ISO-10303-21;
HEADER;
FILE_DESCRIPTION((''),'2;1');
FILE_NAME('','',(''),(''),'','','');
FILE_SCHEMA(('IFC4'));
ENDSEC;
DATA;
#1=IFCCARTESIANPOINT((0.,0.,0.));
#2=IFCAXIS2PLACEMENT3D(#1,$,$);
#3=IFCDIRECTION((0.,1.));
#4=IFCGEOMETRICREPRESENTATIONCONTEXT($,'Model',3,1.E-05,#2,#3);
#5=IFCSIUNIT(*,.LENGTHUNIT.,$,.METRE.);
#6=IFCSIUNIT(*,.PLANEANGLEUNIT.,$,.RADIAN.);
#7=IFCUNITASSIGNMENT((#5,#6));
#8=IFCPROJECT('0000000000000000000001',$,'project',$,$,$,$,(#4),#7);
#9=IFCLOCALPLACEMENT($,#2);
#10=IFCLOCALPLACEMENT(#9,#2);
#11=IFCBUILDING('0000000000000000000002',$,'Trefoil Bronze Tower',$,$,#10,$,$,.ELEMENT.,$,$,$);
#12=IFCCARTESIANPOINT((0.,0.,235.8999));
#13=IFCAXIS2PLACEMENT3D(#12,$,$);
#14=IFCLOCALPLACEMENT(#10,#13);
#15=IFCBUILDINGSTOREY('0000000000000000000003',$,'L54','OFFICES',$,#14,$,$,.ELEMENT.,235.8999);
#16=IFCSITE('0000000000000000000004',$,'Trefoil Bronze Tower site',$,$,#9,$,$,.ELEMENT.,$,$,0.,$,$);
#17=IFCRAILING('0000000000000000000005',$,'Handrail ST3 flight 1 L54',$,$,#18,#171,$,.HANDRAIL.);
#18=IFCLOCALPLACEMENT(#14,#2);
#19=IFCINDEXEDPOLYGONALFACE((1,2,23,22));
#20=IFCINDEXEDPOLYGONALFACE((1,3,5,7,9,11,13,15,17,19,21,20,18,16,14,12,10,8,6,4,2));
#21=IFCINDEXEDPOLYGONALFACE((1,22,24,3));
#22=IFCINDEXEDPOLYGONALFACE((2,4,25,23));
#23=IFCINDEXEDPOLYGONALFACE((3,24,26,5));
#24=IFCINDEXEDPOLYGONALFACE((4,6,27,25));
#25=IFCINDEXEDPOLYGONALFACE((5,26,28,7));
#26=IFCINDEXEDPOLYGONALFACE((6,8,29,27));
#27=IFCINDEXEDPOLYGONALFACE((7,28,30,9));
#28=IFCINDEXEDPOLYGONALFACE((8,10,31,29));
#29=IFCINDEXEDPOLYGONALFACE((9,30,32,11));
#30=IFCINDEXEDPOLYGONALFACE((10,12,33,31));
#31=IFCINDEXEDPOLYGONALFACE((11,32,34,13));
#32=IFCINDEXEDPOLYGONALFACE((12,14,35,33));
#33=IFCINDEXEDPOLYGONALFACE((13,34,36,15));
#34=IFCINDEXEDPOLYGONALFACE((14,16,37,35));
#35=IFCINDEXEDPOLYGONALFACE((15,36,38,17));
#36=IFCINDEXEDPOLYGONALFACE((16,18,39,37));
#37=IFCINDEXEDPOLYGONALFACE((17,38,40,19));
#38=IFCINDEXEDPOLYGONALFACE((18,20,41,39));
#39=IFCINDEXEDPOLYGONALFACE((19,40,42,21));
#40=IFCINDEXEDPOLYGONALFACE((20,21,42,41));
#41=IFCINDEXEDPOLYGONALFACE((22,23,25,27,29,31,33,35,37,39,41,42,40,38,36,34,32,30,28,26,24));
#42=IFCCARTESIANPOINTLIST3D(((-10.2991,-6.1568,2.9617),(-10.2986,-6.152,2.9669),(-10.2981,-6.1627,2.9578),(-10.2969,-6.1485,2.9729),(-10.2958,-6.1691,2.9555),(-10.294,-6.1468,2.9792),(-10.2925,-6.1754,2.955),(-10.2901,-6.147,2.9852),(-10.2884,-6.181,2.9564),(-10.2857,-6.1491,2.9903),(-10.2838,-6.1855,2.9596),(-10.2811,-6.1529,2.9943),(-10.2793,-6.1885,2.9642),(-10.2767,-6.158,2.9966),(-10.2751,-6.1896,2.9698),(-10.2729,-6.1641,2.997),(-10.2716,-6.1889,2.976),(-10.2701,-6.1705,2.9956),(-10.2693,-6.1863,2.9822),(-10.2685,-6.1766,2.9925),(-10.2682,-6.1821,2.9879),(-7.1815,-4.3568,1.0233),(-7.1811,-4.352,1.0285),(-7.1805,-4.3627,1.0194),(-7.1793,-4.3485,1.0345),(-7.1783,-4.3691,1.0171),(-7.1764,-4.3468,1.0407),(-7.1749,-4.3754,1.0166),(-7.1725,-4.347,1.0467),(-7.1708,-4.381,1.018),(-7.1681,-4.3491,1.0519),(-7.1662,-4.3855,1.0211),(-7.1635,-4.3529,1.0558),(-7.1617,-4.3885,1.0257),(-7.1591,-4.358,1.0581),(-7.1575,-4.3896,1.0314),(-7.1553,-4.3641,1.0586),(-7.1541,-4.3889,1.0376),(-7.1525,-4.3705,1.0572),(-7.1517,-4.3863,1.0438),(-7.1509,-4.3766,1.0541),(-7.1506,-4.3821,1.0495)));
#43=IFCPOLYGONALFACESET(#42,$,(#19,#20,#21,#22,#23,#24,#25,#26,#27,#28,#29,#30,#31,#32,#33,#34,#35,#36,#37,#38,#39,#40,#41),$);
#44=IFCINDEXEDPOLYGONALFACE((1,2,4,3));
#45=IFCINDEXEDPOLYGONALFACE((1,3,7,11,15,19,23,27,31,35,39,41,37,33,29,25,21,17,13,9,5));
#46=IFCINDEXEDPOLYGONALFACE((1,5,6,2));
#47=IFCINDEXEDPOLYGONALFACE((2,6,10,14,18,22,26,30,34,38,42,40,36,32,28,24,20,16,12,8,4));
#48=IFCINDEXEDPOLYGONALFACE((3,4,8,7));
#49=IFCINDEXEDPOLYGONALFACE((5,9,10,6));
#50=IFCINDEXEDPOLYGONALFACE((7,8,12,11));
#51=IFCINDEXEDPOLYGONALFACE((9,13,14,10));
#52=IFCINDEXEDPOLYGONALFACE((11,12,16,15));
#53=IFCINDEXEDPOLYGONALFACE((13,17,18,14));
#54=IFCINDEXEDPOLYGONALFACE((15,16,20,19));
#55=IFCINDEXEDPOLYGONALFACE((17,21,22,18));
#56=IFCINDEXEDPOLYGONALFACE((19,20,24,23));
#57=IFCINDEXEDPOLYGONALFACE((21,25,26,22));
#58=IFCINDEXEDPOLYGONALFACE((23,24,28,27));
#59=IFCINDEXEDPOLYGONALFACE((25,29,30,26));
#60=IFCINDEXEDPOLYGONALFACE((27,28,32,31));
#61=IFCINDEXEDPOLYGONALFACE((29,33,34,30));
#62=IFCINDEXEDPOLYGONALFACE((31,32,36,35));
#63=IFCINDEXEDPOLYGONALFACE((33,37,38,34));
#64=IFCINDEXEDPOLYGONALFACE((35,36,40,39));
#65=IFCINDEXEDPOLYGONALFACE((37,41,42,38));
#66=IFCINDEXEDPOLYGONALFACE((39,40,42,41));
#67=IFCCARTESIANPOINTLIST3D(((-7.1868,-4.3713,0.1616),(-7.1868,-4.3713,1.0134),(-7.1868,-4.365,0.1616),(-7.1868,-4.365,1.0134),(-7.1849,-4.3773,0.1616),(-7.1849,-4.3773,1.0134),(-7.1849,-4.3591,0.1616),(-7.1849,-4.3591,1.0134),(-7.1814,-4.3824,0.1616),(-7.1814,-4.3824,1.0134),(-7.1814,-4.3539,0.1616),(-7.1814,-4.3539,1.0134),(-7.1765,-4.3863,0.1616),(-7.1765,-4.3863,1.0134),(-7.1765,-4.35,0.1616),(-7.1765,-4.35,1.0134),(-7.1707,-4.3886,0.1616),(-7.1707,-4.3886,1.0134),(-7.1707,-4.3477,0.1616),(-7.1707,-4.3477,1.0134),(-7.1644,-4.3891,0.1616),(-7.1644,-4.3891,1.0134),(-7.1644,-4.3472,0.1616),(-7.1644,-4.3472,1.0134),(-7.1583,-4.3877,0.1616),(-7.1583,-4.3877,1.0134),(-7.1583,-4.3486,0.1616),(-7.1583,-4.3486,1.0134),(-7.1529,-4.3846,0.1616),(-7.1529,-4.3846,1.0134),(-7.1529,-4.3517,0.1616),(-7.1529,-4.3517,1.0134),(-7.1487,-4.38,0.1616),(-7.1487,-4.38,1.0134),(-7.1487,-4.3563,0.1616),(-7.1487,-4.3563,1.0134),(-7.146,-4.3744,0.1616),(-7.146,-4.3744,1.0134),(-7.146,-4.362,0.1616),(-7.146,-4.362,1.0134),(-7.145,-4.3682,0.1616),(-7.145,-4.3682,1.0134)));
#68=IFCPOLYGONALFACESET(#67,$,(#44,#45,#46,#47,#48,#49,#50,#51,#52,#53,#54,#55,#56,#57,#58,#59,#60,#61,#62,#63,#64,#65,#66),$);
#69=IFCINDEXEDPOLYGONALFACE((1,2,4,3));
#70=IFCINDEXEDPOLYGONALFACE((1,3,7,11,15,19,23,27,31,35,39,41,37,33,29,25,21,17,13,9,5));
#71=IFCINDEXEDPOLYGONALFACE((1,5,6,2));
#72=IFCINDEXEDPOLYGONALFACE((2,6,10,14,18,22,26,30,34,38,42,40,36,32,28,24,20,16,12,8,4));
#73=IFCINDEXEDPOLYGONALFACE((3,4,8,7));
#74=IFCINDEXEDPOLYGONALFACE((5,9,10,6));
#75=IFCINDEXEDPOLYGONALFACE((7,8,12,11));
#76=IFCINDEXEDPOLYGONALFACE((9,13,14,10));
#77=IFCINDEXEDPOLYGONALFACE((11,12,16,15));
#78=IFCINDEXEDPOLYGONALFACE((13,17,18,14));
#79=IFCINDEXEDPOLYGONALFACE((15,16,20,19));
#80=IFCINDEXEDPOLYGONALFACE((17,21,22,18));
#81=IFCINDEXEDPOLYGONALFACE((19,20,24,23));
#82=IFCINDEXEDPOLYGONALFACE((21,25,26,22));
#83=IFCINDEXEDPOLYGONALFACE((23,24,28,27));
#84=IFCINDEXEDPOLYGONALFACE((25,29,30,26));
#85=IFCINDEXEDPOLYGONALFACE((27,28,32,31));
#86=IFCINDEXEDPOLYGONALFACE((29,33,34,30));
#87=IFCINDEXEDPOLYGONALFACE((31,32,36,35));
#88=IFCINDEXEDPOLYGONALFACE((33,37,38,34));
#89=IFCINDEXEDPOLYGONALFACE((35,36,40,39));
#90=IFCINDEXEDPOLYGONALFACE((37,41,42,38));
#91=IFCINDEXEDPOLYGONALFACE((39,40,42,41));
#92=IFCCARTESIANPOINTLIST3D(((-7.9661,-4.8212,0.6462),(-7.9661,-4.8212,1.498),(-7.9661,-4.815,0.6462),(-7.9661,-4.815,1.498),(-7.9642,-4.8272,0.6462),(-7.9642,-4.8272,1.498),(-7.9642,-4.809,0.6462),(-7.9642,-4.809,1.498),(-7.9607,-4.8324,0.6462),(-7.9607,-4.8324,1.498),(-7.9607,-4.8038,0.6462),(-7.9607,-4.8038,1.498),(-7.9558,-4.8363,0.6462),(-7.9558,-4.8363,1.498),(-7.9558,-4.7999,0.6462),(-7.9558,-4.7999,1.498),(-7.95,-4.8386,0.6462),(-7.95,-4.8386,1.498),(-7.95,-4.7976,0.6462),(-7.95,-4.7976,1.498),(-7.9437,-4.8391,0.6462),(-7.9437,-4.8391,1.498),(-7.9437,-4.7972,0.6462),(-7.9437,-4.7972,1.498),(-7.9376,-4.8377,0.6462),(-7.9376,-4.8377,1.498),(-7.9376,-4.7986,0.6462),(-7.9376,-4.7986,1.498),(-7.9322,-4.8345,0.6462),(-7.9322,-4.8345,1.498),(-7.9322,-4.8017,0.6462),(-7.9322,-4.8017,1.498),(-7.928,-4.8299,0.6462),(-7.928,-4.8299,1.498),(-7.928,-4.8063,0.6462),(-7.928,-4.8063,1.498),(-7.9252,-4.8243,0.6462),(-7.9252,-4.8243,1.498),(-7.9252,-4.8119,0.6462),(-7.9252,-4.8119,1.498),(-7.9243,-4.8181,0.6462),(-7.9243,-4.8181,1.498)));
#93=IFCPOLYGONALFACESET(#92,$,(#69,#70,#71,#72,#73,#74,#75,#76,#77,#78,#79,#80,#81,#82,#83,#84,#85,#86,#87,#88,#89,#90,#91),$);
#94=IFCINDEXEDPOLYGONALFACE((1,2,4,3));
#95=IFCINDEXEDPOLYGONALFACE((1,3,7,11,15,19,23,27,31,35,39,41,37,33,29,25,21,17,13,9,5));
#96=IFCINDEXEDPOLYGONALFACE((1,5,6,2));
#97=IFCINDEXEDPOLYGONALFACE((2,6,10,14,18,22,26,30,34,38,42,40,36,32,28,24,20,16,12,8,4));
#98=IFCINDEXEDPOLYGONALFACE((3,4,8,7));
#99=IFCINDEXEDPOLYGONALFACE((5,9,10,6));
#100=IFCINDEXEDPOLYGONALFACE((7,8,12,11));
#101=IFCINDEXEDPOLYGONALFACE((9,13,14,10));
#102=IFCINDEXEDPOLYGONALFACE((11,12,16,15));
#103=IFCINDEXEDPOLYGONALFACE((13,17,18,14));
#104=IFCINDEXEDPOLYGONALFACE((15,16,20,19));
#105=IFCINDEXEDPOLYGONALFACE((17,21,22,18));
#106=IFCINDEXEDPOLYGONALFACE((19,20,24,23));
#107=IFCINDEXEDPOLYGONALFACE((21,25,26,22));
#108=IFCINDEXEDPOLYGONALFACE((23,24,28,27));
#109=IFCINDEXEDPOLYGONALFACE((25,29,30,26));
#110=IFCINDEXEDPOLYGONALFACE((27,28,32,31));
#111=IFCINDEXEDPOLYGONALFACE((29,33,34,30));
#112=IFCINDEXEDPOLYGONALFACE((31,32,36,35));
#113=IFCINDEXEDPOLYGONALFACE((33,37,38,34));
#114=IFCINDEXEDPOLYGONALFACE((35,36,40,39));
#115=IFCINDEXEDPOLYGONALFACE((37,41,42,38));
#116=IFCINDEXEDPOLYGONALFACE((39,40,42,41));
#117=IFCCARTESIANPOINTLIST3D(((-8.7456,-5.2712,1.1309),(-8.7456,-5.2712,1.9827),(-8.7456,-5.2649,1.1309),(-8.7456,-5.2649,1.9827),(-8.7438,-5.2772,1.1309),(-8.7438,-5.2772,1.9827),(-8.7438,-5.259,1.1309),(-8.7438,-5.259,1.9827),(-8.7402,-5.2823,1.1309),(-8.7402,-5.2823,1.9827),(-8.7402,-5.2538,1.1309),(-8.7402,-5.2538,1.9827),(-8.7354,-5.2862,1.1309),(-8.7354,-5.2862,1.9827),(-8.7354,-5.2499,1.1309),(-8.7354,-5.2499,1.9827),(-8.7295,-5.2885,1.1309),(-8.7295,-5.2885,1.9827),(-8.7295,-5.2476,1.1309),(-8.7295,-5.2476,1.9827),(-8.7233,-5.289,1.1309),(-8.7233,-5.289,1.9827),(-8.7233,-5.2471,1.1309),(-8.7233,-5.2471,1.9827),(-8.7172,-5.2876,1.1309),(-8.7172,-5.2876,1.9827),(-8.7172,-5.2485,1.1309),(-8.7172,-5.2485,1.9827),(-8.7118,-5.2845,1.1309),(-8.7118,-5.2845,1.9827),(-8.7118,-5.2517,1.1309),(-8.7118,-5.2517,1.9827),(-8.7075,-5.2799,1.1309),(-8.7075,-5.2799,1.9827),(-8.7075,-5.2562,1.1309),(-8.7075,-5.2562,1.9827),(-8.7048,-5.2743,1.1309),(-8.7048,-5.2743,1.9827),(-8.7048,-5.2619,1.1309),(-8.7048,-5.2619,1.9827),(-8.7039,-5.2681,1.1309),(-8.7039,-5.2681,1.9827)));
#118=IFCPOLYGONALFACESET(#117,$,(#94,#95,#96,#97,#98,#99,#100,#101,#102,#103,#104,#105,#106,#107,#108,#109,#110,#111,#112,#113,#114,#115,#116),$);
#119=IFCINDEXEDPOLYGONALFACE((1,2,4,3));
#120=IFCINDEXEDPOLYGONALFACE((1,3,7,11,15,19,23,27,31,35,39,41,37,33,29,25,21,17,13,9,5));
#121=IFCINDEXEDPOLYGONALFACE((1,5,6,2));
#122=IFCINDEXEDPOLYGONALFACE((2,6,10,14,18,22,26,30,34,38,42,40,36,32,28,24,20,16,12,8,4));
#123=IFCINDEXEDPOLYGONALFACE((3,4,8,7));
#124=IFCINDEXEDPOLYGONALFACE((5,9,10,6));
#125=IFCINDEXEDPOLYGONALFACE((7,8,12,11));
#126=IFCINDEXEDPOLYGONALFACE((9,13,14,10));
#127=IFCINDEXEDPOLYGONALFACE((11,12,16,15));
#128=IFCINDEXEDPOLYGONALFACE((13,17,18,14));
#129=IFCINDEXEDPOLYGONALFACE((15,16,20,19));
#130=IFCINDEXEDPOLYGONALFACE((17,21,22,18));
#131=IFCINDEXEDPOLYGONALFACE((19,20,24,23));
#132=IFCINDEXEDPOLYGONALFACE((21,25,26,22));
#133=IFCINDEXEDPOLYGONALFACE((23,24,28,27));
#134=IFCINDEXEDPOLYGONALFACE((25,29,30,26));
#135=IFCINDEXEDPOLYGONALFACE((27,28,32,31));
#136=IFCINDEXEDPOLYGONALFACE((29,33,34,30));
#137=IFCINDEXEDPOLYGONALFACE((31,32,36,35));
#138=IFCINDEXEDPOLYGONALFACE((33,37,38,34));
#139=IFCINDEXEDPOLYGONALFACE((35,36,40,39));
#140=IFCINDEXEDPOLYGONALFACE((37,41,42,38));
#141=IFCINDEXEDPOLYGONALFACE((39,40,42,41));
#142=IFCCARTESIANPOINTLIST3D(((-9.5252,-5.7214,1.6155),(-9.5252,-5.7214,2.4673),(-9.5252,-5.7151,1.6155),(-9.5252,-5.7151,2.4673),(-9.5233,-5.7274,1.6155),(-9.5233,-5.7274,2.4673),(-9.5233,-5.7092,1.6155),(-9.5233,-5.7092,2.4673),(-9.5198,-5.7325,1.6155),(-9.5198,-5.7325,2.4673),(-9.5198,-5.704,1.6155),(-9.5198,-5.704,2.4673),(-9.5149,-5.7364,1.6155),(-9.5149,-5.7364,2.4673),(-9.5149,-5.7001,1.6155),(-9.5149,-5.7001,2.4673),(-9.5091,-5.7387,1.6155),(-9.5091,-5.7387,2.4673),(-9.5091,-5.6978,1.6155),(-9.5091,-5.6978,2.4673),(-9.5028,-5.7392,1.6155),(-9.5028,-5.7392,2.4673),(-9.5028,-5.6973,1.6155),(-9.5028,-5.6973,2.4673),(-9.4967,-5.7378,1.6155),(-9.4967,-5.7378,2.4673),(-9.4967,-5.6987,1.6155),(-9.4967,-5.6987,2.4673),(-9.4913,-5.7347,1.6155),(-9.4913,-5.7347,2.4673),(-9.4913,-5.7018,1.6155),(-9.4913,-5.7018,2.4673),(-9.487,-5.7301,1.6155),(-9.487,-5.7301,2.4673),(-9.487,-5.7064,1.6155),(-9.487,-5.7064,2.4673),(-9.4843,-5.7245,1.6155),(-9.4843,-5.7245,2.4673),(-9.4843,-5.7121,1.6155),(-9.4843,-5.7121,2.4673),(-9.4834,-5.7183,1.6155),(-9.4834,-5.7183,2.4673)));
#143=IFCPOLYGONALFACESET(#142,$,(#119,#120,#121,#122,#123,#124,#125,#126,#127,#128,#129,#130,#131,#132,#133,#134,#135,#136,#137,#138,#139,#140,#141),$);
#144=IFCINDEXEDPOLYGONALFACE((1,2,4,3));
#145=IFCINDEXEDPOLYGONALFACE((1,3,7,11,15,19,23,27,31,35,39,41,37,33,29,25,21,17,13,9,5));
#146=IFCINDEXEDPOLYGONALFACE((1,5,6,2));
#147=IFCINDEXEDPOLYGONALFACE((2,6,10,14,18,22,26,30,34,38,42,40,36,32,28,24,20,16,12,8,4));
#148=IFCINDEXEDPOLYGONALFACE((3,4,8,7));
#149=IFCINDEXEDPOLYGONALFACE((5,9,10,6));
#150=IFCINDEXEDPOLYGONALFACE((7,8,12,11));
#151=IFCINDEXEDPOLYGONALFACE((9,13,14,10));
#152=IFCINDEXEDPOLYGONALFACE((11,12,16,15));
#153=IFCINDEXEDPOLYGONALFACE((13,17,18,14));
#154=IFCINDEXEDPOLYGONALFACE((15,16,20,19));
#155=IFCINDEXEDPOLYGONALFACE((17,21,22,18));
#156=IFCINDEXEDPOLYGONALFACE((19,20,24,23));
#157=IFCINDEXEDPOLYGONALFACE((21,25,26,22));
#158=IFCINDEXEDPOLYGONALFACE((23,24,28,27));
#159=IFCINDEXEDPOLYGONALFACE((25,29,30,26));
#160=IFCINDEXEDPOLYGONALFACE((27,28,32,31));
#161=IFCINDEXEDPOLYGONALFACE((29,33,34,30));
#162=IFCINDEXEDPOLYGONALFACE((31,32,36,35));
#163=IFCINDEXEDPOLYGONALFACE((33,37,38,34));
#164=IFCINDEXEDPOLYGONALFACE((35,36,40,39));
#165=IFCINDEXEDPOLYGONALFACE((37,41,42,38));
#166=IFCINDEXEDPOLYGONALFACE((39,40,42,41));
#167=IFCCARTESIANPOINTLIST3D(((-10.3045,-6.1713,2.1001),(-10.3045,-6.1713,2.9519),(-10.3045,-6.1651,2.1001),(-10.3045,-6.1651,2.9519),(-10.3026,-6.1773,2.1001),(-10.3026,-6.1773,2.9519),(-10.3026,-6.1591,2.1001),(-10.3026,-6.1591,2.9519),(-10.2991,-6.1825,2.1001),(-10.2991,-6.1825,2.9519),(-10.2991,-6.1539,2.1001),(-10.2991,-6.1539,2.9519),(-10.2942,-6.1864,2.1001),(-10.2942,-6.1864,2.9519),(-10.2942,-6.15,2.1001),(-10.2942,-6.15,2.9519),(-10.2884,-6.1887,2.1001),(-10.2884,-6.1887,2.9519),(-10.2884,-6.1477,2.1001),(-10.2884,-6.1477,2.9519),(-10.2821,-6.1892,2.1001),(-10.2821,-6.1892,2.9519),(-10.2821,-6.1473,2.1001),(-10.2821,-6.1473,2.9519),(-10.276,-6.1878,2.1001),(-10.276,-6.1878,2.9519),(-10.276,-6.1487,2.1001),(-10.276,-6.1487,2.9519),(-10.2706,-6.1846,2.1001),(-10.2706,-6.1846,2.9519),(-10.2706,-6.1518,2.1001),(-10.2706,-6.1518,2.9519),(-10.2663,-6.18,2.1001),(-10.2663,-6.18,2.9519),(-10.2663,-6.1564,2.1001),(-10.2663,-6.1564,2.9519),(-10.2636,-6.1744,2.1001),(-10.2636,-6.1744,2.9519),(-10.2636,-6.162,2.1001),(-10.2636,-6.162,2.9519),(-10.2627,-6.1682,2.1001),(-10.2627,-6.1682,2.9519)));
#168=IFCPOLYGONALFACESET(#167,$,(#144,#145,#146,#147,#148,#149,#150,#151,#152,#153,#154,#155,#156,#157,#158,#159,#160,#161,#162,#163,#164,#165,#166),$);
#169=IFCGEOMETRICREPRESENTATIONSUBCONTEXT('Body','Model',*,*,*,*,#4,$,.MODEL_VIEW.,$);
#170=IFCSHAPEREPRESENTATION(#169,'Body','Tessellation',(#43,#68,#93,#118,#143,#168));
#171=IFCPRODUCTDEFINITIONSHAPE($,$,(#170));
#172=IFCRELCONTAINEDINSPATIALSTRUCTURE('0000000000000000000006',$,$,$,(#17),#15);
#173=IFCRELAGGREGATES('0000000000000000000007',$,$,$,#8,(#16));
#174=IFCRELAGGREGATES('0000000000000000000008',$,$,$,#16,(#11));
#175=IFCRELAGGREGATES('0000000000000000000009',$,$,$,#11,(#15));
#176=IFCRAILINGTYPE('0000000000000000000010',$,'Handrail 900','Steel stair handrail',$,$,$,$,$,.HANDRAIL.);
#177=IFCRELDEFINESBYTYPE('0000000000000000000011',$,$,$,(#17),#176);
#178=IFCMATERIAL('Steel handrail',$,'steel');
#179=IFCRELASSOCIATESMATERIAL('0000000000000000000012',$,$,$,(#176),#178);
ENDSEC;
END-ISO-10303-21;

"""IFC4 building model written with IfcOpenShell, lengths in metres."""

from ifc_helpers import new_model, si_unit, direction, frame, origin, origin_2d, place, context, subcontext, project, spatial, circle, extrude, material, type_object, element, save


model = new_model("IFC4")

# Units and contexts
model_context = context("Model", 3, precision=1e-05, world=origin(), true_north=direction((0.0, 1.0)))
body_context = subcontext(model_context, "Body", "Model", "MODEL_VIEW")
ifc_project = project(units=[si_unit("LENGTHUNIT", "METRE"), si_unit("PLANEANGLEUNIT", "RADIAN")], contexts=[model_context])

# Site, building, storey
site_placement = place(None, origin())
site = spatial("IfcSite", under=ifc_project, at=site_placement, Name="Trefoil Bronze Tower site", CompositionType="ELEMENT", RefElevation=0.0)
building_placement = place(site_placement, origin())
building = spatial("IfcBuilding", under=site, at=building_placement, Name="Trefoil Bronze Tower", CompositionType="ELEMENT")
storey_placement = place(building_placement, frame((0.0, 0.0, 235.8999)))
storey = spatial("IfcBuildingStorey", under=building, at=storey_placement, Name="L54", Description="OFFICES", CompositionType="ELEMENT", Elevation=235.8999)

# Railing
ifc_material_1 = material(Name="Steel handrail", Category="steel")
railing_type = type_object("IfcRailingType", Name="Handrail 900", Description="Steel stair handrail", PredefinedType="HANDRAIL", material=ifc_material_1)
railing_1_placement = place(storey_placement, frame((-7.166, -4.3682, 0.1616)))
element("IfcRailing", 1, at=railing_1_placement, inside=storey, type_object=railing_type, Name="Handrail ST3 flight 1 L54", PredefinedType="HANDRAIL", context=body_context, shape_type="SweptSolid", body=[
    extrude(circle(Radius=0.0239, at=origin_2d()), frame((0.0, 0.0, 0.876), z_axis=(-0.762503, -0.440246, 0.474102), x_axis=(0.500012, -0.866018, 0.0)), (0.0, 0.0, 1.0), 4.0886),
    extrude(circle(Radius=0.021, at=origin_2d()), origin(), (0.0, 0.0, 1.0), 0.8518),
    extrude(circle(Radius=0.021, at=origin_2d()), frame((-0.7793, -0.45, 0.4846)), (0.0, 0.0, 1.0), 0.8518),
    extrude(circle(Radius=0.021, at=origin_2d()), frame((-1.5588, -0.8999, 0.9692)), (0.0, 0.0, 1.0), 0.8518),
    extrude(circle(Radius=0.021, at=origin_2d()), frame((-2.3384, -1.3501, 1.4539)), (0.0, 0.0, 1.0), 0.8518),
    extrude(circle(Radius=0.021, at=origin_2d()), frame((-3.1177, -1.8, 1.9385)), (0.0, 0.0, 1.0), 0.8518),
])

save(model, "model.ifc")
